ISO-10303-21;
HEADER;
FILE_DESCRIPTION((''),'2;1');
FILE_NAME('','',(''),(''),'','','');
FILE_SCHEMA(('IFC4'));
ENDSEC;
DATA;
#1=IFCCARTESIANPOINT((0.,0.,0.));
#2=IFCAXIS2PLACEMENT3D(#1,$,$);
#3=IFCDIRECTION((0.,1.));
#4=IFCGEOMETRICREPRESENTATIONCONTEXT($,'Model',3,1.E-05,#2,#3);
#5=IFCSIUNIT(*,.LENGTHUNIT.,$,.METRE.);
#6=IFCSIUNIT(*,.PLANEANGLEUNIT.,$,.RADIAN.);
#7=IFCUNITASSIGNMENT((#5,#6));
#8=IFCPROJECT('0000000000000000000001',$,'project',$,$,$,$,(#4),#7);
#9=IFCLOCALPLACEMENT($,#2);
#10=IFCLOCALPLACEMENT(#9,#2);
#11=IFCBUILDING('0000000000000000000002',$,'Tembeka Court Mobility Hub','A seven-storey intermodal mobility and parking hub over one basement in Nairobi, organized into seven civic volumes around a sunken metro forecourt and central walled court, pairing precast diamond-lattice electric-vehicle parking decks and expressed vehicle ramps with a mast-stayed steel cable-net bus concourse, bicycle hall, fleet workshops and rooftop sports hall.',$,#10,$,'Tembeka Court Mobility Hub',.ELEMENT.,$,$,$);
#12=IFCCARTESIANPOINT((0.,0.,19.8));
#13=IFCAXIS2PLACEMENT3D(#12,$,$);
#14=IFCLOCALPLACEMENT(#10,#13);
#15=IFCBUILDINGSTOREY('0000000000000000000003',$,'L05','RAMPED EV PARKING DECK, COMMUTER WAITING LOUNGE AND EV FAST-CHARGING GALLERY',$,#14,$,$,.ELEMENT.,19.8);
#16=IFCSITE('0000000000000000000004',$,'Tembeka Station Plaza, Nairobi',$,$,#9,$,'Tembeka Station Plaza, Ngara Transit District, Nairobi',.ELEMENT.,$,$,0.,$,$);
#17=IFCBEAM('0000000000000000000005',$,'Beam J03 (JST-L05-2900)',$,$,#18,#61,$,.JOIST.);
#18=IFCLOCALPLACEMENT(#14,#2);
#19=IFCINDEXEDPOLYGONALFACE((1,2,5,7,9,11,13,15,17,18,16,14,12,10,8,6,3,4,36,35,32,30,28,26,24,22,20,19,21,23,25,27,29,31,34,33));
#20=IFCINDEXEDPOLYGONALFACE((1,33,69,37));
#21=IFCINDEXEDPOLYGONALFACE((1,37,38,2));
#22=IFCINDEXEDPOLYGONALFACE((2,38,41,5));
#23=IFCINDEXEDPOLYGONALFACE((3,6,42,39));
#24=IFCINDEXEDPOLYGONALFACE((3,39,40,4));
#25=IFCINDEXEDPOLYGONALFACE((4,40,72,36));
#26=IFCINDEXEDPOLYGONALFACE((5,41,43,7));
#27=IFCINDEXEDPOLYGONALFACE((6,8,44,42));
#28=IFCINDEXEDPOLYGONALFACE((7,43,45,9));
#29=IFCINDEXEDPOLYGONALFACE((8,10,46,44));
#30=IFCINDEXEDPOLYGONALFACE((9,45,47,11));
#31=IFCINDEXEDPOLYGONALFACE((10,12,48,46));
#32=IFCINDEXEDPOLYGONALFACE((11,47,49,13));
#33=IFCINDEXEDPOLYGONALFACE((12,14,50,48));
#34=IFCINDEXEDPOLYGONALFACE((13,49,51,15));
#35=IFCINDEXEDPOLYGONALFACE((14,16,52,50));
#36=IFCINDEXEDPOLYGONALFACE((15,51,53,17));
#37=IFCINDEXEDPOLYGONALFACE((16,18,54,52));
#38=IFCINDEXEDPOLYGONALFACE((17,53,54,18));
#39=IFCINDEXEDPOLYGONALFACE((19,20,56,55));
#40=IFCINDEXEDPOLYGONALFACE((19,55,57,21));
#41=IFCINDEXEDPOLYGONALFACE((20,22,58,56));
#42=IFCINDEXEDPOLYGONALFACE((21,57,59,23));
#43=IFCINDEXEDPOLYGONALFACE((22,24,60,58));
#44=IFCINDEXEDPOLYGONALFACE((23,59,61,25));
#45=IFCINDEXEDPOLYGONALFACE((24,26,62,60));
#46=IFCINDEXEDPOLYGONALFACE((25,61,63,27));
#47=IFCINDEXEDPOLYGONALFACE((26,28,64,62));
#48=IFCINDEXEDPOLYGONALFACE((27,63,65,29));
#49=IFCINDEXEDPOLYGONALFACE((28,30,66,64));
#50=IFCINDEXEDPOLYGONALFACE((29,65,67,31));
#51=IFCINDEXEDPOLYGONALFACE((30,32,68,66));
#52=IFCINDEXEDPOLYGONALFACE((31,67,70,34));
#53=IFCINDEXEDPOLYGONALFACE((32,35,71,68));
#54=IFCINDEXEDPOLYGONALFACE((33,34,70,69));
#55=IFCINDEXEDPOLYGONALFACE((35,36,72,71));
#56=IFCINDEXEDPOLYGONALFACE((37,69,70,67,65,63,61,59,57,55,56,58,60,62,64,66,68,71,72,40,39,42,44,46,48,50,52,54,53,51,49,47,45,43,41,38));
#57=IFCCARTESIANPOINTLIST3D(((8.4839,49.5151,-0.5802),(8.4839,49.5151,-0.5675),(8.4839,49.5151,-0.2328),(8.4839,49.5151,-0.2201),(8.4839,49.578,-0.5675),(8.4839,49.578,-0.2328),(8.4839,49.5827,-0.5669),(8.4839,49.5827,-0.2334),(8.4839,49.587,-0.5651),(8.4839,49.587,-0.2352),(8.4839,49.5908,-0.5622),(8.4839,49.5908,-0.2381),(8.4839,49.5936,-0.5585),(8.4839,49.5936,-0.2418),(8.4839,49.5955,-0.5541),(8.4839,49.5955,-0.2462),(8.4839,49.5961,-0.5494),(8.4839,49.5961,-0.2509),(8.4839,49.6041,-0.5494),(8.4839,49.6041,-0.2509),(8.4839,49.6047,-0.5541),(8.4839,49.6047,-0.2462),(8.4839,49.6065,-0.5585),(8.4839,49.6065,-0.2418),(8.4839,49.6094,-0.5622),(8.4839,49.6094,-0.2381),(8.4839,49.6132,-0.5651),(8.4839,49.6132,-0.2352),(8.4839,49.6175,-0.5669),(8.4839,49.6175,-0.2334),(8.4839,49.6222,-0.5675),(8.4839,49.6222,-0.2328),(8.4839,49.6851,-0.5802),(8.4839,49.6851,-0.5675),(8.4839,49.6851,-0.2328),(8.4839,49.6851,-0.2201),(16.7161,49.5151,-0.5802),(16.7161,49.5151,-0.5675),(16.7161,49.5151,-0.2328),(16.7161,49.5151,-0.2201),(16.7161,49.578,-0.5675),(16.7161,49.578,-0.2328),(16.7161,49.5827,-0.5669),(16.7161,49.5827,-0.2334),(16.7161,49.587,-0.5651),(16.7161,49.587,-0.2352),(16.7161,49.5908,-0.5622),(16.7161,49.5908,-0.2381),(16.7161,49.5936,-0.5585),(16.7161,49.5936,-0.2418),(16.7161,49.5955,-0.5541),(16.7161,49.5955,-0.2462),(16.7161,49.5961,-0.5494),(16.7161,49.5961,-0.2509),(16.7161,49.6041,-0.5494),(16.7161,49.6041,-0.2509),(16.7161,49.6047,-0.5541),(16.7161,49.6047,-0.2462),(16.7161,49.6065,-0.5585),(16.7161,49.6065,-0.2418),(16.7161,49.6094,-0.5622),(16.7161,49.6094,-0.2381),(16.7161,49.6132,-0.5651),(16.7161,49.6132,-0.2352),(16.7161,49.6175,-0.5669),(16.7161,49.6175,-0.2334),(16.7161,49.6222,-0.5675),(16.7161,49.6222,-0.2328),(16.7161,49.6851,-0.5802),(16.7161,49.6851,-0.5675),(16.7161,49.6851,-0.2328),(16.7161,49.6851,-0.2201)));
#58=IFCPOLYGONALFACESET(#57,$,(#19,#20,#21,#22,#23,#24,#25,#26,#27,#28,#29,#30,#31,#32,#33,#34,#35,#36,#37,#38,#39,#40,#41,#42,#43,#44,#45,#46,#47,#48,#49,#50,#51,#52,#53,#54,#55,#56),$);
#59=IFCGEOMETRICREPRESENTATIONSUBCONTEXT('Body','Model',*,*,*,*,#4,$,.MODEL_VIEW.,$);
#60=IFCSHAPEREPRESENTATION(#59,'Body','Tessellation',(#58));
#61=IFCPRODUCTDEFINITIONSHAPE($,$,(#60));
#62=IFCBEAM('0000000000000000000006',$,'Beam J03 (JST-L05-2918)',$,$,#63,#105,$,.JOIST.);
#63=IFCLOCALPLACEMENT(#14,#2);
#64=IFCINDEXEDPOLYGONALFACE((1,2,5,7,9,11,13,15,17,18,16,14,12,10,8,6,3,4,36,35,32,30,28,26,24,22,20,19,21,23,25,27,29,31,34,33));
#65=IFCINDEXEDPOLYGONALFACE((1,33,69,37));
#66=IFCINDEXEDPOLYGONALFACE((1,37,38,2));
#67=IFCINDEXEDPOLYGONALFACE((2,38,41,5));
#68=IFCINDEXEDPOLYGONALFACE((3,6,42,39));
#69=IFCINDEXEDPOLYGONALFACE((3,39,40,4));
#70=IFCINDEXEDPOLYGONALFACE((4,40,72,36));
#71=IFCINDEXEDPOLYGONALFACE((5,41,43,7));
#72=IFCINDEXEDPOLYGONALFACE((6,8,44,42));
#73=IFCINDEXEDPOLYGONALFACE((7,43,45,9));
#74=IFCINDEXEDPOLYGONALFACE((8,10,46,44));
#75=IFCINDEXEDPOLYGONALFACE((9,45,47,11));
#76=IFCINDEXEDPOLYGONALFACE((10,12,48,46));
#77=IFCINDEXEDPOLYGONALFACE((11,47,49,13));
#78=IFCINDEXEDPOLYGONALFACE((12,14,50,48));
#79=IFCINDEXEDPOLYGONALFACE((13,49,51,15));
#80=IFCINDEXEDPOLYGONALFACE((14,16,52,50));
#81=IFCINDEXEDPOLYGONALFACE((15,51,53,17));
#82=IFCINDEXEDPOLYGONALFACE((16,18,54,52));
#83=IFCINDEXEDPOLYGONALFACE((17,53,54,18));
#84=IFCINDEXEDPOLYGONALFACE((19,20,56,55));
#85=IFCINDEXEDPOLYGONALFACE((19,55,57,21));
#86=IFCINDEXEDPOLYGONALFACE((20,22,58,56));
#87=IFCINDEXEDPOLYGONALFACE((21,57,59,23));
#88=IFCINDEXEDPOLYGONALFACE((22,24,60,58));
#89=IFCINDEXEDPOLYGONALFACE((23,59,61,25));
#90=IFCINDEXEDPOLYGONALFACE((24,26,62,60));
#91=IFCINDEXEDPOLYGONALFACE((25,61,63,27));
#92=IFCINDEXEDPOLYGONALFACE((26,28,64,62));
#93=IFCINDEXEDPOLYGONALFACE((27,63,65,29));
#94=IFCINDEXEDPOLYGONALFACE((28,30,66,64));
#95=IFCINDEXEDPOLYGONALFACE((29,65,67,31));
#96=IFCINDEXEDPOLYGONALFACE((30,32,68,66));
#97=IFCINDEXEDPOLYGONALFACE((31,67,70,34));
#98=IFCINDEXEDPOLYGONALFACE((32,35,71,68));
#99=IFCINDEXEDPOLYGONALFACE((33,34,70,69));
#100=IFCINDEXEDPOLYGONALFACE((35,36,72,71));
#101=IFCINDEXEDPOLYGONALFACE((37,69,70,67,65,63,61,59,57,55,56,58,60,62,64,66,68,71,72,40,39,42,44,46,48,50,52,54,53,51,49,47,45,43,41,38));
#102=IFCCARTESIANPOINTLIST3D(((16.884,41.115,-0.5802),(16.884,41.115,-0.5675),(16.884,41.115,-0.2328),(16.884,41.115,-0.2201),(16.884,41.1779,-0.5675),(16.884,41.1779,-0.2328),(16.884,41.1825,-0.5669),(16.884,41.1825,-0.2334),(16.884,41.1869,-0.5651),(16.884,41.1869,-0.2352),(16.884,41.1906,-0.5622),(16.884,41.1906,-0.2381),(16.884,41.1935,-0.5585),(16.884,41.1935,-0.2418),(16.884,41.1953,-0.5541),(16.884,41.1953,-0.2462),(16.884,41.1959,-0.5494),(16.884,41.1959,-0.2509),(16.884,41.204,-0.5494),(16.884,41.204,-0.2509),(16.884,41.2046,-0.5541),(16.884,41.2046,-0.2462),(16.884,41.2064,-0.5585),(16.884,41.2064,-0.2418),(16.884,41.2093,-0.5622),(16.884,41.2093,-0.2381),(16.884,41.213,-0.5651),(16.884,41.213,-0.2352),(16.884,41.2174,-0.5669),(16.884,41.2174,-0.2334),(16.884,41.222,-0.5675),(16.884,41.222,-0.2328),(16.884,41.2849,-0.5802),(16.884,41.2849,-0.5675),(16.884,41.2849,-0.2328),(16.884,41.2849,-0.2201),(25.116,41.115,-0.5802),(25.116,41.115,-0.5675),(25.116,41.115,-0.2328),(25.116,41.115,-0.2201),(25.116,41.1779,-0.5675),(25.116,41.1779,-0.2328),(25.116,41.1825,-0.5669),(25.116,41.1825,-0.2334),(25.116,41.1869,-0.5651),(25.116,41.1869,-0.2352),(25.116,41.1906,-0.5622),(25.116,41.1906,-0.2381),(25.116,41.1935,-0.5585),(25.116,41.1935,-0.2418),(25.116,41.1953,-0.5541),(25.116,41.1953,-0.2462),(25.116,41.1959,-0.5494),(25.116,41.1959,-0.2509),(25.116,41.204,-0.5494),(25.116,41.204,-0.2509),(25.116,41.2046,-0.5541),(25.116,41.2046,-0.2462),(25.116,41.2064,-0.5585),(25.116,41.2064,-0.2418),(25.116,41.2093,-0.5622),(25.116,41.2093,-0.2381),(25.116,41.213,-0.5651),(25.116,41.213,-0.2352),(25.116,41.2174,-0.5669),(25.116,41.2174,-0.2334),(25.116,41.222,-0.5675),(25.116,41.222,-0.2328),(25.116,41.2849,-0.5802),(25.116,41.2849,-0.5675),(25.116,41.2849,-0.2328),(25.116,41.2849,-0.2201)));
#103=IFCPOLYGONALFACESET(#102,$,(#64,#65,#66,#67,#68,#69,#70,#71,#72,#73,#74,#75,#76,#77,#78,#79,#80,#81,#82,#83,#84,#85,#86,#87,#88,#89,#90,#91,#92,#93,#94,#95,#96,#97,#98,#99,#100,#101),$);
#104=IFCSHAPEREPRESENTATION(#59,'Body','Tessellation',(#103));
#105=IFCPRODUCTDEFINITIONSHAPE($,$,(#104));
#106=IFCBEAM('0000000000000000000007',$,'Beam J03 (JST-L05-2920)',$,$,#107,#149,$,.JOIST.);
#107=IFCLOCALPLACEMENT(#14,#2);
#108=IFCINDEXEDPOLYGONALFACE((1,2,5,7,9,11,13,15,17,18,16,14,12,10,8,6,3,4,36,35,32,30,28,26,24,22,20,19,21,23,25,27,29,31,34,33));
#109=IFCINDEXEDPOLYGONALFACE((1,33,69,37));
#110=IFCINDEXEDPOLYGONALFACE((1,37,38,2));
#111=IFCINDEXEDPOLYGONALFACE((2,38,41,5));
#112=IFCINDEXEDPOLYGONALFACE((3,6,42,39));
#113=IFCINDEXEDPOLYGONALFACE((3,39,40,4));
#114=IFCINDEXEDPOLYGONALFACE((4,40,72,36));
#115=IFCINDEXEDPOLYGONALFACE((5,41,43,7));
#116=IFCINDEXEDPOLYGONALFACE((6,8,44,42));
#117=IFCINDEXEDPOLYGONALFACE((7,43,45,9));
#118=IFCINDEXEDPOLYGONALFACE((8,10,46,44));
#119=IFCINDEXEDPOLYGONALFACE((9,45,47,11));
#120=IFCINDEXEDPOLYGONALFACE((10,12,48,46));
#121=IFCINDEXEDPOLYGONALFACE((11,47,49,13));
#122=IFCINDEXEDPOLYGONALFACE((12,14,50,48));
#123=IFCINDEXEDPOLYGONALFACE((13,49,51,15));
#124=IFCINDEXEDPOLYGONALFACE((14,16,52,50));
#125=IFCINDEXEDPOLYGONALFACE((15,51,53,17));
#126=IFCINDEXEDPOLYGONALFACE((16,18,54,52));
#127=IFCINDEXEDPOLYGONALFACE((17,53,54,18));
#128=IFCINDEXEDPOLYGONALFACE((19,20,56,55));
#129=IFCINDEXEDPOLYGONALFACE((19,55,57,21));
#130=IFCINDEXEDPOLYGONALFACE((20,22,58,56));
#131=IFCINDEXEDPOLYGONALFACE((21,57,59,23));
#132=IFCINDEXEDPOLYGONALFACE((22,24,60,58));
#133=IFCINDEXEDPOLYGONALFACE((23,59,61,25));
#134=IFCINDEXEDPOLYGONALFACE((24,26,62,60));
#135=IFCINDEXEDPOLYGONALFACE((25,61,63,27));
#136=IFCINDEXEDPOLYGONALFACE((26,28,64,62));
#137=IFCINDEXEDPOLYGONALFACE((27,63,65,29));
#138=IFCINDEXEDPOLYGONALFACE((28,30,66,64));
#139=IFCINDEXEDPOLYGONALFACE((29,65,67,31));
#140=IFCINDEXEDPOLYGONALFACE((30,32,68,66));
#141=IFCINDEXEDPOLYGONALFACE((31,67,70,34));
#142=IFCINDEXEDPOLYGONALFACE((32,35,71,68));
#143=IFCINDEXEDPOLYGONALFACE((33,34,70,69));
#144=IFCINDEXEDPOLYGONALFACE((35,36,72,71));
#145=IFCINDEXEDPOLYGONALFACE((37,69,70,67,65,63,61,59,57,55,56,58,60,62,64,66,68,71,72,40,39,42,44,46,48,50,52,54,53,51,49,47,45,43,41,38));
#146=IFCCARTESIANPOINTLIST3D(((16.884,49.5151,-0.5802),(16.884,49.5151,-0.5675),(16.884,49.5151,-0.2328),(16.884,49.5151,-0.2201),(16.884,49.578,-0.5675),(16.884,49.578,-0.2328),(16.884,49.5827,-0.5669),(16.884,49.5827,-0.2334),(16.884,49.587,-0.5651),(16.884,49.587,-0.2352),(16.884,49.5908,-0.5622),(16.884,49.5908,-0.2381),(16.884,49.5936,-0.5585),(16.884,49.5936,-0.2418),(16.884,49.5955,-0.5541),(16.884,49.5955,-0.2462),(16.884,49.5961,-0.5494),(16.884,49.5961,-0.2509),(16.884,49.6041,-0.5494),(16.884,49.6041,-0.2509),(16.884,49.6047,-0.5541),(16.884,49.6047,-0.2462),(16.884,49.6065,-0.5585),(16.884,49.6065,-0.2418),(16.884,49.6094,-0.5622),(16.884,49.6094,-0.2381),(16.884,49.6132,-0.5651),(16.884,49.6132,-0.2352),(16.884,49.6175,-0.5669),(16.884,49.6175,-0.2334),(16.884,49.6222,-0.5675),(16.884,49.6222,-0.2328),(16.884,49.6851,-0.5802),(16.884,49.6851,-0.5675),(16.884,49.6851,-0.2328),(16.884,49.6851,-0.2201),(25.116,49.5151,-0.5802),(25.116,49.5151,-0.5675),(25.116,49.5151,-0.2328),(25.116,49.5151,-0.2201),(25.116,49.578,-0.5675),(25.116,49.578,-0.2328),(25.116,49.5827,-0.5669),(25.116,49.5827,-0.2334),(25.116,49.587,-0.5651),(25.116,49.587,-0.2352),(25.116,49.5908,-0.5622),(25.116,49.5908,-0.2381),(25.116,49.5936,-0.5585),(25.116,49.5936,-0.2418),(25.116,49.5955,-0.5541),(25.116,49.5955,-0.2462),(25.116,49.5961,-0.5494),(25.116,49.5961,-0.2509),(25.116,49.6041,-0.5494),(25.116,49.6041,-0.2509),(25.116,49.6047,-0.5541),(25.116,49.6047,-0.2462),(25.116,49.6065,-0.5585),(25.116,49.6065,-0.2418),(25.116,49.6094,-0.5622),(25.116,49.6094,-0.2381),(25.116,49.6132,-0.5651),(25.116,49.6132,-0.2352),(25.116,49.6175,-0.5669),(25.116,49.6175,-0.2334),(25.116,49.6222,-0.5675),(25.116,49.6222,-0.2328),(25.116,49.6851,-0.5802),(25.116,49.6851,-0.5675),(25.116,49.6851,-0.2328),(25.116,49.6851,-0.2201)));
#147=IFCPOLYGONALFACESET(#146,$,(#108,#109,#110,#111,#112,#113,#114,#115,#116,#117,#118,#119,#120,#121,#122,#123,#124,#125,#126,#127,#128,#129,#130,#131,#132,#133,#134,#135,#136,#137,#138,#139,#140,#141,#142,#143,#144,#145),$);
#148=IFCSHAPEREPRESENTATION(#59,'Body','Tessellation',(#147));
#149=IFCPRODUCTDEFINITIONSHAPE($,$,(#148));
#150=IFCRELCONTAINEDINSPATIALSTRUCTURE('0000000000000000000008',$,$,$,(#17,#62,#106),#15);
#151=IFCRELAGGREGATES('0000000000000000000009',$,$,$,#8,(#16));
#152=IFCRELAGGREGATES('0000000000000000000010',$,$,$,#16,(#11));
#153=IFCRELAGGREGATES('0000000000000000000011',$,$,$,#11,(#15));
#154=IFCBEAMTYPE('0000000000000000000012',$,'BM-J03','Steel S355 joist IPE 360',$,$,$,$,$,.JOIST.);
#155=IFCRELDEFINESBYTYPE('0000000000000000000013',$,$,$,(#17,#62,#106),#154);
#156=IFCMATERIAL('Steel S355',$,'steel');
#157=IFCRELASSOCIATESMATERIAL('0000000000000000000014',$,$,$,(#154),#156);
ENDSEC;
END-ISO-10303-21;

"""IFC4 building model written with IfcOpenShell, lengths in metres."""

from ifc_helpers import new_model, si_unit, direction, frame, origin, origin_2d, place, context, subcontext, project, spatial, i_section, extrude, material, material_profile, profile_set, type_object, element, save


model = new_model("IFC4")

# Units and contexts
model_context = context("Model", 3, precision=1e-05, world=origin(), true_north=direction((0.0, 1.0)))
body_context = subcontext(model_context, "Body", "Model", "MODEL_VIEW")
ifc_project = project(units=[si_unit("LENGTHUNIT", "METRE"), si_unit("PLANEANGLEUNIT", "RADIAN")], contexts=[model_context])

# Site, building, storey
site_placement = place(None, origin())
site = spatial("IfcSite", under=ifc_project, at=site_placement, Name="Tembeka Station Plaza, Nairobi", LongName="Tembeka Station Plaza, Ngara Transit District, Nairobi", CompositionType="ELEMENT", RefElevation=0.0)
building_placement = place(site_placement, origin())
building = spatial("IfcBuilding", under=site, at=building_placement, Name="Tembeka Court Mobility Hub", Description="A seven-storey intermodal mobility and parking hub over one basement in Nairobi, organized into seven civic volumes around a sunken metro forecourt and central walled court, pairing precast diamond-lattice electric-vehicle parking decks and expressed vehicle ramps with a mast-stayed steel cable-net bus concourse, bicycle hall, fleet workshops and rooftop sports hall.", LongName="Tembeka Court Mobility Hub", CompositionType="ELEMENT")
storey_placement = place(building_placement, frame((0.0, 0.0, 19.8)))
storey = spatial("IfcBuildingStorey", under=building, at=storey_placement, Name="L05", Description="RAMPED EV PARKING DECK, COMMUTER WAITING LOUNGE AND EV FAST-CHARGING GALLERY", CompositionType="ELEMENT", Elevation=19.8)

# Shared definitions
ifc_material_1 = material(Name="Steel S355", Category="steel")

# Beams
ifc_material_profile_1 = material_profile(ifc_material_1, i_section(OverallWidth=0.1699, OverallDepth=0.3601, WebThickness=0.0081, FlangeThickness=0.0127, FilletRadius=0.0181, at=origin_2d()), Name="IPE 360")
ifc_profile_set_1 = profile_set([ifc_material_profile_1], Name="Steel S355")
beam_type_1 = type_object("IfcBeamType", Name="BM-J03", Description="Steel S355 joist IPE 360", PredefinedType="JOIST", material=ifc_profile_set_1)
beam_1_placement = place(storey_placement, frame((8.4839, 49.6001, -0.4001), z_axis=(1.0, 0.0, 0.0), x_axis=(0.0, 1.0, 0.0)))
element("IfcBeam", 1, at=beam_1_placement, inside=storey, type_object=beam_type_1, Name="Beam J03 (JST-L05-2900)", PredefinedType="JOIST", context=body_context, shape_type="SweptSolid", body=[
    extrude(i_section(OverallWidth=0.1699, OverallDepth=0.3601, WebThickness=0.0081, FlangeThickness=0.0127, FilletRadius=0.0181, at=origin_2d()), origin(), (0.0, 0.0, 1.0), 8.2322),
])
for number, where, z_axis, x_axis, name in (
    (2, (16.884, 41.2, -0.4001), (1.0, 0.0, 0.0), (0.0, 1.0, 0.0), "Beam J03 (JST-L05-2918)"),
    (3, (16.884, 49.6001, -0.4001), (1.0, 0.0, 0.0), (0.0, 1.0, 0.0), "Beam J03 (JST-L05-2920)"),
):
    element("IfcBeam", number, at=place(storey_placement, frame(where, z_axis=z_axis, x_axis=x_axis)), inside=storey, type_object=beam_type_1, Name=name, PredefinedType="JOIST", context=body_context, shape_type="SweptSolid", body=[
        extrude(i_section(OverallWidth=0.1699, OverallDepth=0.3601, WebThickness=0.0081, FlangeThickness=0.0127, FilletRadius=0.0181, at=origin_2d()), origin(), (0.0, 0.0, 1.0), 8.2319),
    ])

save(model, "model.ifc")
